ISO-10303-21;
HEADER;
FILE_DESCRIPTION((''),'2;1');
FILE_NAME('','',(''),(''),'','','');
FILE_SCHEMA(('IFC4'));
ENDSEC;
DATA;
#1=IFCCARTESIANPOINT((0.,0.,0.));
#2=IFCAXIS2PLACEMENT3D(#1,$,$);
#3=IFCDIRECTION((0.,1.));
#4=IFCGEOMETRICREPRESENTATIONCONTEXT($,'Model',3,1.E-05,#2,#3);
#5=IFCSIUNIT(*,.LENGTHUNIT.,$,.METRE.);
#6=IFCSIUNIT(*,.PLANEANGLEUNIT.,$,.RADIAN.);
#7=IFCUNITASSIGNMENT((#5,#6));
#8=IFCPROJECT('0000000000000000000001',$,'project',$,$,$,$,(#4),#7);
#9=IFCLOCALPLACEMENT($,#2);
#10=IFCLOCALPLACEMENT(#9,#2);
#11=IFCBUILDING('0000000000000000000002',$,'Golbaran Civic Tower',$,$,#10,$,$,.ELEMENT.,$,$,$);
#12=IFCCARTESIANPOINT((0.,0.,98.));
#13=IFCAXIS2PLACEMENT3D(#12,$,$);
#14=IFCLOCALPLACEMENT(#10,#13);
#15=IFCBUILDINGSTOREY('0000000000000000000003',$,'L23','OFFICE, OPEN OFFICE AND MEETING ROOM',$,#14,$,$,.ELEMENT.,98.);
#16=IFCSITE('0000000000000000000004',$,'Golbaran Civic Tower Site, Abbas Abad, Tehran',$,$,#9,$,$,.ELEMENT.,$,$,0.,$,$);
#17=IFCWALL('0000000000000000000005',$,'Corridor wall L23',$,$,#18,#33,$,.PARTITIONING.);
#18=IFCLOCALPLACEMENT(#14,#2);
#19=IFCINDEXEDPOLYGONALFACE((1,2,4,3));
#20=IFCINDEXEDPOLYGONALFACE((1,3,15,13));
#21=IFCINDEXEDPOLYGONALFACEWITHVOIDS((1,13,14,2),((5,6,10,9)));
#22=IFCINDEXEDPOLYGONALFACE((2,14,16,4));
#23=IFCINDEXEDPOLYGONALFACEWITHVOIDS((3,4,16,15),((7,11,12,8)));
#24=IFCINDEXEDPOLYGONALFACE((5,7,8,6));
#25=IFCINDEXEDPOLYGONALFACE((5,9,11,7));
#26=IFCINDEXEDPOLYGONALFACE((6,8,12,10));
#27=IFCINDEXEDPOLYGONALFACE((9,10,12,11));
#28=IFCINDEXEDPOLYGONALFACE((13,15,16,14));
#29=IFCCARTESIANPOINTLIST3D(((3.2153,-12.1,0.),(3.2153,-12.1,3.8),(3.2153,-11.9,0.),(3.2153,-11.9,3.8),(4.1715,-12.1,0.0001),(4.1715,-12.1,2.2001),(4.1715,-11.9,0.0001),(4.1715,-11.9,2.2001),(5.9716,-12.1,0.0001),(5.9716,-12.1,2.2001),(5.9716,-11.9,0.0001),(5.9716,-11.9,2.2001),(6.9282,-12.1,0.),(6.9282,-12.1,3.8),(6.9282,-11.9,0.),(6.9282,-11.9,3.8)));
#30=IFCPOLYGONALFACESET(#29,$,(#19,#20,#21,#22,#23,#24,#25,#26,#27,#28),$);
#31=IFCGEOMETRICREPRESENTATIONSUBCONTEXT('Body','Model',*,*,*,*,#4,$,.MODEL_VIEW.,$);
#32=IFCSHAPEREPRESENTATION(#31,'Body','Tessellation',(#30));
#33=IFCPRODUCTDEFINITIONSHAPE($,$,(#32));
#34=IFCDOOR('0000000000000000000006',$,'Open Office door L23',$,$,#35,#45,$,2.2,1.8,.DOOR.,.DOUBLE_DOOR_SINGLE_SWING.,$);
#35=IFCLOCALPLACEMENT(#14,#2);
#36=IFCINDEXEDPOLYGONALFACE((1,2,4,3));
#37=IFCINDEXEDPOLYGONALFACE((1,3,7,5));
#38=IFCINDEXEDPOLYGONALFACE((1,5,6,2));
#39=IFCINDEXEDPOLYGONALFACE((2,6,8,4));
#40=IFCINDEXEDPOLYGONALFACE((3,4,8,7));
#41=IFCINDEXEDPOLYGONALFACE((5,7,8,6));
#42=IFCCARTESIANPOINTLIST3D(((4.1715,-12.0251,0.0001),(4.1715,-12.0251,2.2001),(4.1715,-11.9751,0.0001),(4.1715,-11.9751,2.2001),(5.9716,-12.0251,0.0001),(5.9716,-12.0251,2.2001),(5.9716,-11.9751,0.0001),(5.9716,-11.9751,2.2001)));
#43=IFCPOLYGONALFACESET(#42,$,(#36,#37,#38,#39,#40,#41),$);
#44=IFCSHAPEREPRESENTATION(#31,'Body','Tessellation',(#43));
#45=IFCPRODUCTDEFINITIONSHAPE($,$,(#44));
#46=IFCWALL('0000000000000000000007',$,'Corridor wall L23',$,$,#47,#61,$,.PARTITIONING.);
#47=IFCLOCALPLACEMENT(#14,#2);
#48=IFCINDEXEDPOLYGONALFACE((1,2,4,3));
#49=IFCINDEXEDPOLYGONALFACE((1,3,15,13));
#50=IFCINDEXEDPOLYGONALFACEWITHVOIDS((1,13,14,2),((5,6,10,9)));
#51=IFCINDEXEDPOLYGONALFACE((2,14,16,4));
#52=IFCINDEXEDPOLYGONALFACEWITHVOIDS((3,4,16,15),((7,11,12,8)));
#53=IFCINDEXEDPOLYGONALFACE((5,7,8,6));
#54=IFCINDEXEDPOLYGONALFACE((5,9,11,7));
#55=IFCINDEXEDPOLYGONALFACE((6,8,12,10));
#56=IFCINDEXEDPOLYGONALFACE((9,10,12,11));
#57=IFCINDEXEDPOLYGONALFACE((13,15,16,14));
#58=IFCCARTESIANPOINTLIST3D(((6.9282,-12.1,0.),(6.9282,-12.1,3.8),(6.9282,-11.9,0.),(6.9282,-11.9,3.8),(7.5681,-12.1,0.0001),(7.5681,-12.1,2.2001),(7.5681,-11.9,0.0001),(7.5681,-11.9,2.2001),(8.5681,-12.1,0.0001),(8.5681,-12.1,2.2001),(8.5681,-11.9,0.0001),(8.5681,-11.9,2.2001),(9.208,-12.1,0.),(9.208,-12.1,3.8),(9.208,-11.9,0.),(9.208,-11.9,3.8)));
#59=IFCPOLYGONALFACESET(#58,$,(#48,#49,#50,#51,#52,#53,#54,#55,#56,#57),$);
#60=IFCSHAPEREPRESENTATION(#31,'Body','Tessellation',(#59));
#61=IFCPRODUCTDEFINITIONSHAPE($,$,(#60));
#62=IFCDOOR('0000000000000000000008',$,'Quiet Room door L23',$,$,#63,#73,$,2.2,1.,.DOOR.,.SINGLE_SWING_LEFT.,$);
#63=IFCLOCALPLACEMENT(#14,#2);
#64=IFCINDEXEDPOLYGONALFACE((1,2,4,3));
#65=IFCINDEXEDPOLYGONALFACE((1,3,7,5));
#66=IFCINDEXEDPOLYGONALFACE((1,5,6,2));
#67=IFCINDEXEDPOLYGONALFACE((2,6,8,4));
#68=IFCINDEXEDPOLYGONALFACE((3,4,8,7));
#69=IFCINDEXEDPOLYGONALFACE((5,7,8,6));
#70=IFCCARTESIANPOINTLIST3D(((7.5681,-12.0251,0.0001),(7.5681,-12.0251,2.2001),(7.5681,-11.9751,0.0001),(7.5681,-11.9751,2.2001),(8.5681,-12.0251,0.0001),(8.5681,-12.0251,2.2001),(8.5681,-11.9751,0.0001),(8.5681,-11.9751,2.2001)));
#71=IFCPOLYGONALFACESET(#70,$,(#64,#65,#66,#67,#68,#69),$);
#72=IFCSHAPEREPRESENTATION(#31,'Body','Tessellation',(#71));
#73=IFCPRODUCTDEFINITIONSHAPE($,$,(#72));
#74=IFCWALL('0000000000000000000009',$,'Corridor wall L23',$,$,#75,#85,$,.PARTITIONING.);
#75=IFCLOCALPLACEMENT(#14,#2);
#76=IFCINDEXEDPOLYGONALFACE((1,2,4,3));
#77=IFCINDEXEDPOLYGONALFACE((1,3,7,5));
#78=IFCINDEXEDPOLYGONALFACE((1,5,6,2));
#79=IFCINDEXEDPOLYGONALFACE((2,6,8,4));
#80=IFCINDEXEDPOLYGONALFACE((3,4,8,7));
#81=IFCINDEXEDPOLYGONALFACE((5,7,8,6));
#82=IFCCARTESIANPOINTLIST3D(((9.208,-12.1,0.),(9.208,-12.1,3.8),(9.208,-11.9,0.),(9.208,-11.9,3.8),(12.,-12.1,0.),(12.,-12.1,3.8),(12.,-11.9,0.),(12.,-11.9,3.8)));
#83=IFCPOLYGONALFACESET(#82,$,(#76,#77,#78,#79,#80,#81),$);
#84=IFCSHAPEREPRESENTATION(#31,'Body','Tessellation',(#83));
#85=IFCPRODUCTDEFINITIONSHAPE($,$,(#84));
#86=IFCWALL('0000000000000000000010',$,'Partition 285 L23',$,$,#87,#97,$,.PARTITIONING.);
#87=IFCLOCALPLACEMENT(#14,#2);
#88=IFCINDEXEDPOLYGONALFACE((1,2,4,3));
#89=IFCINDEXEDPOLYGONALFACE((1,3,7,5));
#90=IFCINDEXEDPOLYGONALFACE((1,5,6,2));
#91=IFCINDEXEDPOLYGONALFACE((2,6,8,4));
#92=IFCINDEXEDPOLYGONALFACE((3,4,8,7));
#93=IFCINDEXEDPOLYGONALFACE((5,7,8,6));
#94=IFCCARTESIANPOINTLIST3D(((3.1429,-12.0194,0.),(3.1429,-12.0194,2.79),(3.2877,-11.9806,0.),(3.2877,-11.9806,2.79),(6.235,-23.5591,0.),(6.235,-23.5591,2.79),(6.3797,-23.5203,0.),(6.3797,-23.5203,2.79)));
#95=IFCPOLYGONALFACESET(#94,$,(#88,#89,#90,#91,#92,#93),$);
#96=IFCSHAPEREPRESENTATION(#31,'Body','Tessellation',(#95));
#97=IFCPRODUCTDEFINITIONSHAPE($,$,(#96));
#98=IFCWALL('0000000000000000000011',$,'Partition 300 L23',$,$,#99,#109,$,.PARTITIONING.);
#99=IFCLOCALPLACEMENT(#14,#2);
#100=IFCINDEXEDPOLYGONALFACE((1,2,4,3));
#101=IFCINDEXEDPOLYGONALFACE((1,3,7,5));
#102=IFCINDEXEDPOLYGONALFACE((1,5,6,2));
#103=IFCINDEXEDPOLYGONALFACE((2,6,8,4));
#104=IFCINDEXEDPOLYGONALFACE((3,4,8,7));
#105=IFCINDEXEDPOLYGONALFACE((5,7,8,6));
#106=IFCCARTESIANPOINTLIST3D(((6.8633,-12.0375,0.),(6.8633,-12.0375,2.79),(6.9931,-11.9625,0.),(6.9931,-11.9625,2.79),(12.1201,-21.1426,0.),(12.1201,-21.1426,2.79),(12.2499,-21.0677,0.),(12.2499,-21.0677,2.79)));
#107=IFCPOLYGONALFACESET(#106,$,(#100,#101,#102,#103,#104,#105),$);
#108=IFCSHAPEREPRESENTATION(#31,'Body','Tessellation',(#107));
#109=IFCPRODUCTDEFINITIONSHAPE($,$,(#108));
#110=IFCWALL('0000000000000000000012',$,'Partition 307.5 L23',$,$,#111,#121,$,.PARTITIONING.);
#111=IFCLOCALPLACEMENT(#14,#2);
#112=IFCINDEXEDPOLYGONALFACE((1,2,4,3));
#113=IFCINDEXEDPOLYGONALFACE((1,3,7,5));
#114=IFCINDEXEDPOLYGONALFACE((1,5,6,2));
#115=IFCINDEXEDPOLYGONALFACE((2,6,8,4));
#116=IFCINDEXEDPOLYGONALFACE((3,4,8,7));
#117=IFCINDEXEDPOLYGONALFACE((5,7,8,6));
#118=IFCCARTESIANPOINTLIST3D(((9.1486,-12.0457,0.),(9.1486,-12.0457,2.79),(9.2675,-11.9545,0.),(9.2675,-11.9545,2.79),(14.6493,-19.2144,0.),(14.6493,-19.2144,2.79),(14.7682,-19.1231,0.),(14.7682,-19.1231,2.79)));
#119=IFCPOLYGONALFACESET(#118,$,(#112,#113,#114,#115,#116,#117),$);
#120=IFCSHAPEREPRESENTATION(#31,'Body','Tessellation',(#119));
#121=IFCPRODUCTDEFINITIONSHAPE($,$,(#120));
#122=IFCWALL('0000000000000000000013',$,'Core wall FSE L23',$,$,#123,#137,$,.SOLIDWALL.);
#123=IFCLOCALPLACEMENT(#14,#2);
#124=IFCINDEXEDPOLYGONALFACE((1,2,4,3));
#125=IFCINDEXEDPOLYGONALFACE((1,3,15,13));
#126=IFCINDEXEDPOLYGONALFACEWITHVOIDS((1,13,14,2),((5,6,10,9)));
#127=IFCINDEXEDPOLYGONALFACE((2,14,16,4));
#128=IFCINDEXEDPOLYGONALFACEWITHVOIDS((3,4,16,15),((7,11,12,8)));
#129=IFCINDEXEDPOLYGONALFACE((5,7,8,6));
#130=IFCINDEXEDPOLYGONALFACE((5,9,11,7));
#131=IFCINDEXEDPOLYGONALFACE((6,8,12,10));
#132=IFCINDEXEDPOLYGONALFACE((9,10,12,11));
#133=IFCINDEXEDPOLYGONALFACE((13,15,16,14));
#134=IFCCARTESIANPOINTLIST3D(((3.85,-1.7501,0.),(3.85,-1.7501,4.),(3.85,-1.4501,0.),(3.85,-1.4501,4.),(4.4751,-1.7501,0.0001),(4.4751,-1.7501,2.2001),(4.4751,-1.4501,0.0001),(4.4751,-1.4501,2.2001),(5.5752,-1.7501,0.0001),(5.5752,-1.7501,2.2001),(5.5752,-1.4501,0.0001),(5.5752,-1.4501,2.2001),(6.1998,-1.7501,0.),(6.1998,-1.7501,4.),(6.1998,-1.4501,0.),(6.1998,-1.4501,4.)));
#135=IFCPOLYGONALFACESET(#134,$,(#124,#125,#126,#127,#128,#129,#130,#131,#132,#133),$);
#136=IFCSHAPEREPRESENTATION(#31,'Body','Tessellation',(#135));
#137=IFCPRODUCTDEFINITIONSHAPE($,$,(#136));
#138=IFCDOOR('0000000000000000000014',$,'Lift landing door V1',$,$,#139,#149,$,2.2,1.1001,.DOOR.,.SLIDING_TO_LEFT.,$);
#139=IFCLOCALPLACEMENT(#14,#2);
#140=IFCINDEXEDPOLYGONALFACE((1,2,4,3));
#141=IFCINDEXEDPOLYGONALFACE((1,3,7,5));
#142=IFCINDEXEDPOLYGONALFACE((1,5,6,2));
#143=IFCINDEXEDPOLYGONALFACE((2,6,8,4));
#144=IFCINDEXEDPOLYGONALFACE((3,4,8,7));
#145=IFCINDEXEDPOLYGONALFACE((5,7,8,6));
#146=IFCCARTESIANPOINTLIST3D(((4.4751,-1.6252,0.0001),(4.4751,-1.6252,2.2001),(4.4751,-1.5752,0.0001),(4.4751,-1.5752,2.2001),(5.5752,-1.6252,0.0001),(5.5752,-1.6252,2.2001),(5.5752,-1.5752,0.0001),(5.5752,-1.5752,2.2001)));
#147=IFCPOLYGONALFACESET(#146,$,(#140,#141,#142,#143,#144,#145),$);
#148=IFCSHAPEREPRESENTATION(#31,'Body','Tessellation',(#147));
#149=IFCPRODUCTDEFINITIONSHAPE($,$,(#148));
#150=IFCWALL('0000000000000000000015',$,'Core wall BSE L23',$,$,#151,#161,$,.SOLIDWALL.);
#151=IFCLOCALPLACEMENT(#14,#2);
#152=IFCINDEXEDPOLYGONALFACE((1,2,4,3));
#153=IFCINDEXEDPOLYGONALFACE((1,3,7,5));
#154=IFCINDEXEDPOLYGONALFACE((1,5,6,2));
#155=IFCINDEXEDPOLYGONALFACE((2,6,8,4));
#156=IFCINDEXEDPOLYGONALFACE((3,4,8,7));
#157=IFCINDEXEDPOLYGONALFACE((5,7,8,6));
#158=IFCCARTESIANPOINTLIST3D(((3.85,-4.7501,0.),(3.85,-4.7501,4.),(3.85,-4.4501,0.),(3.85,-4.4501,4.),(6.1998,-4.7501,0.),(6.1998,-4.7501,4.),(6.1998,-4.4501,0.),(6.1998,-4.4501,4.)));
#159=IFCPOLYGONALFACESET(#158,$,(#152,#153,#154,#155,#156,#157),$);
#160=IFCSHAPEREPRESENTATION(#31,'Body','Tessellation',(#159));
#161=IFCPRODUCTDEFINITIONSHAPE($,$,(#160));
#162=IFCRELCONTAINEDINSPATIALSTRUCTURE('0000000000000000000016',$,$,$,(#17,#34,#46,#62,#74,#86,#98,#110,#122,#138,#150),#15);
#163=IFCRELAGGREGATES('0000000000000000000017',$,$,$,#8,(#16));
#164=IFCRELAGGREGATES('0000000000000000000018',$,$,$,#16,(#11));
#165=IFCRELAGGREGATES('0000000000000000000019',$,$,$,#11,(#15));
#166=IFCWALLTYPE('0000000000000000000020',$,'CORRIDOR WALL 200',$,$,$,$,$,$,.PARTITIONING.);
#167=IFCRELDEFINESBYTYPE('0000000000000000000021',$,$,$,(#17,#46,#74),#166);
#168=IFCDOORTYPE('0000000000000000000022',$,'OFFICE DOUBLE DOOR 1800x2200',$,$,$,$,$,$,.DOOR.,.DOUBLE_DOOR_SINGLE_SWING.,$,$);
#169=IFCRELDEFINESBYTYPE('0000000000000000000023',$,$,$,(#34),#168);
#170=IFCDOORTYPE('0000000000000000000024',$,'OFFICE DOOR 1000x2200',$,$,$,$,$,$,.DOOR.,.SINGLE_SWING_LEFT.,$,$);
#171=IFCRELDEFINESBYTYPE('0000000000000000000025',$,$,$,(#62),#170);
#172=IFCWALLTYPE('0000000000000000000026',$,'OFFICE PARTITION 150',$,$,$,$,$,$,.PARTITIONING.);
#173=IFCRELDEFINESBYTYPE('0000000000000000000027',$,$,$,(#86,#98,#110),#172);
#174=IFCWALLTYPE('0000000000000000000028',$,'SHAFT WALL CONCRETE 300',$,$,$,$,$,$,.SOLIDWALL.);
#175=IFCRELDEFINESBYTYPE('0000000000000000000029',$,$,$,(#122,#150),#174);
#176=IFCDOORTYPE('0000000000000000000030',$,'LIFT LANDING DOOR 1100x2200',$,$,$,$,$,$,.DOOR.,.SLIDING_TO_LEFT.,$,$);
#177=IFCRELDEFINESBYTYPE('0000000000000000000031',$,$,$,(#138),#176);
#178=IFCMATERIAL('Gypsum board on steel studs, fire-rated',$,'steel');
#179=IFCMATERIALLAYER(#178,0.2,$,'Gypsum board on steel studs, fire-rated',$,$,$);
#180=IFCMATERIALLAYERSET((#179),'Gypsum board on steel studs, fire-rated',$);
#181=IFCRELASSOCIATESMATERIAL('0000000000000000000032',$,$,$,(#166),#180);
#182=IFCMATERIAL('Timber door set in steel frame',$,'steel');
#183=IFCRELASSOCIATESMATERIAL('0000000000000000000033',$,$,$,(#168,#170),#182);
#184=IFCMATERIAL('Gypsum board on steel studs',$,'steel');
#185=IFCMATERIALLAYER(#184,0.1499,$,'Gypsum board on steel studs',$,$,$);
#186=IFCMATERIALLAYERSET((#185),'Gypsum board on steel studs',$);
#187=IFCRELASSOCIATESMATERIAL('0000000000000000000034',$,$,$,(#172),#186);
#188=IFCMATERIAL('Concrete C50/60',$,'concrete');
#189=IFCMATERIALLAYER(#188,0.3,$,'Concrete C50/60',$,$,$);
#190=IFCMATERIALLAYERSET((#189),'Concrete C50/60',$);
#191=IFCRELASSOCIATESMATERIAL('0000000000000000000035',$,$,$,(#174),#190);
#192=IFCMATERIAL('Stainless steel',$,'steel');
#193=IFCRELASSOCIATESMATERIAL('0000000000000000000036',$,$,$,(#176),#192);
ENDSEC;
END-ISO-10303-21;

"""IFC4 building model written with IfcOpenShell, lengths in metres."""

from ifc_helpers import new_model, si_unit, direction, frame, frame_2d, origin, place, context, subcontext, project, spatial, rectangle, extrude, material, layer, layer_set, type_object, element, fill, save


model = new_model("IFC4")

# Units and contexts
model_context = context("Model", 3, precision=1e-05, world=origin(), true_north=direction((0.0, 1.0)))
body_context = subcontext(model_context, "Body", "Model", "MODEL_VIEW")
ifc_project = project(units=[si_unit("LENGTHUNIT", "METRE"), si_unit("PLANEANGLEUNIT", "RADIAN")], contexts=[model_context])

# Site, building, storey
site_placement = place(None, origin())
site = spatial("IfcSite", under=ifc_project, at=site_placement, Name="Golbaran Civic Tower Site, Abbas Abad, Tehran", CompositionType="ELEMENT", RefElevation=0.0)
building_placement = place(site_placement, origin())
building = spatial("IfcBuilding", under=site, at=building_placement, Name="Golbaran Civic Tower", CompositionType="ELEMENT")
storey_placement = place(building_placement, frame((0.0, 0.0, 98.0)))
storey = spatial("IfcBuildingStorey", under=building, at=storey_placement, Name="L23", Description="OFFICE, OPEN OFFICE AND MEETING ROOM", CompositionType="ELEMENT", Elevation=98.0)

# Walls, openings, doors
ifc_material_1 = material(Name="Gypsum board on steel studs, fire-rated", Category="steel")
ifc_layer_1 = layer(ifc_material_1, 0.2, Name="Gypsum board on steel studs, fire-rated")
ifc_layer_set_1 = layer_set([ifc_layer_1], Name="Gypsum board on steel studs, fire-rated")
wall_type_1 = type_object("IfcWallType", Name="CORRIDOR WALL 200", PredefinedType="PARTITIONING", material=ifc_layer_set_1)
wall_1_placement = place(storey_placement, frame((3.2153, -12.0, 0.0), z_axis=(0.0, 0.0, 1.0), x_axis=(1.0, 0.0, 0.0)))
wall_1 = element("IfcWall", 1, at=wall_1_placement, inside=storey, type_object=wall_type_1, Name="Corridor wall L23", PredefinedType="PARTITIONING", context=body_context, shape_type="SweptSolid", body=[
    extrude(rectangle(XDim=3.7129, YDim=0.2, at=frame_2d((1.8564, 0.0))), origin(), (0.0, 0.0, 1.0), 3.8),
])
opening_1_placement = place(wall_1_placement, frame((0.9563, 0.0, 0.0)))
opening_1 = element("IfcOpeningElement", 2, at=opening_1_placement, cuts=wall_1, PredefinedType="OPENING", context=body_context, shape_type="SweptSolid", body=[
    extrude(rectangle(XDim=1.8, YDim=2.2, at=frame_2d((0.8999, 1.1001))), frame((0.0, 0.1099, 0.0), z_axis=(0.0, -1.0, 0.0), x_axis=(1.0, 0.0, 0.0)), (0.0, 0.0, 1.0), 0.22),
])
ifc_material_2 = material(Name="Timber door set in steel frame", Category="steel")
door_type_1 = type_object("IfcDoorType", Name="OFFICE DOUBLE DOOR 1800x2200", OperationType="DOUBLE_DOOR_SINGLE_SWING", PredefinedType="DOOR", material=ifc_material_2)
door_1_placement = place(opening_1_placement, origin())
door_1 = element("IfcDoor", 3, at=door_1_placement, inside=storey, type_object=door_type_1, Name="Open Office door L23", OperationType="DOUBLE_DOOR_SINGLE_SWING", OverallHeight=2.2, OverallWidth=1.8, PredefinedType="DOOR", context=body_context, shape_type="SweptSolid", body=[
    extrude(rectangle(XDim=1.8, YDim=2.2, at=frame_2d((0.8999, 1.1001))), frame((0.0, 0.0249, 0.0), z_axis=(0.0, -1.0, 0.0), x_axis=(1.0, 0.0, 0.0)), (0.0, 0.0, 1.0), 0.05),
])
fill(opening_1, door_1)
wall_2_placement = place(storey_placement, frame((6.9282, -12.0, 0.0), z_axis=(0.0, 0.0, 1.0), x_axis=(1.0, 0.0, 0.0)))
wall_2 = element("IfcWall", 4, at=wall_2_placement, inside=storey, type_object=wall_type_1, Name="Corridor wall L23", PredefinedType="PARTITIONING", context=body_context, shape_type="SweptSolid", body=[
    extrude(rectangle(XDim=2.2798, YDim=0.2, at=frame_2d((1.1399, 0.0))), origin(), (0.0, 0.0, 1.0), 3.8),
])
opening_2_placement = place(wall_2_placement, frame((0.6399, 0.0, 0.0)))
opening_2 = element("IfcOpeningElement", 5, at=opening_2_placement, cuts=wall_2, PredefinedType="OPENING", context=body_context, shape_type="SweptSolid", body=[
    extrude(rectangle(XDim=1.0, YDim=2.2, at=frame_2d((0.5, 1.1001))), frame((0.0, 0.1099, 0.0), z_axis=(0.0, -1.0, 0.0), x_axis=(1.0, 0.0, 0.0)), (0.0, 0.0, 1.0), 0.22),
])
door_type_2 = type_object("IfcDoorType", Name="OFFICE DOOR 1000x2200", OperationType="SINGLE_SWING_LEFT", PredefinedType="DOOR", material=ifc_material_2)
door_2_placement = place(opening_2_placement, origin())
door_2 = element("IfcDoor", 6, at=door_2_placement, inside=storey, type_object=door_type_2, Name="Quiet Room door L23", OperationType="SINGLE_SWING_LEFT", OverallHeight=2.2, OverallWidth=1.0, PredefinedType="DOOR", context=body_context, shape_type="SweptSolid", body=[
    extrude(rectangle(XDim=1.0, YDim=2.2, at=frame_2d((0.5, 1.1001))), frame((0.0, 0.0249, 0.0), z_axis=(0.0, -1.0, 0.0), x_axis=(1.0, 0.0, 0.0)), (0.0, 0.0, 1.0), 0.05),
])
fill(opening_2, door_2)

# Walls
wall_3_placement = place(storey_placement, frame((9.208, -12.0, 0.0), z_axis=(0.0, 0.0, 1.0), x_axis=(1.0, 0.0, 0.0)))
element("IfcWall", 7, at=wall_3_placement, inside=storey, type_object=wall_type_1, Name="Corridor wall L23", PredefinedType="PARTITIONING", context=body_context, shape_type="SweptSolid", body=[
    extrude(rectangle(XDim=2.792, YDim=0.2, at=frame_2d((1.396, 0.0))), origin(), (0.0, 0.0, 1.0), 3.8),
])
ifc_material_3 = material(Name="Gypsum board on steel studs", Category="steel")
ifc_layer_2 = layer(ifc_material_3, 0.1499, Name="Gypsum board on steel studs")
ifc_layer_set_2 = layer_set([ifc_layer_2], Name="Gypsum board on steel studs")
wall_type_2 = type_object("IfcWallType", Name="OFFICE PARTITION 150", PredefinedType="PARTITIONING", material=ifc_layer_set_2)
wall_4_placement = place(storey_placement, frame((3.2153, -12.0, 0.0), z_axis=(0.0, 0.0, 1.0), x_axis=(0.258816, -0.965927, 0.0)))
element("IfcWall", 8, at=wall_4_placement, inside=storey, type_object=wall_type_2, Name="Partition 285 L23", PredefinedType="PARTITIONING", context=body_context, shape_type="SweptSolid", body=[
    extrude(rectangle(XDim=11.9468, YDim=0.1499, at=frame_2d((5.9734, 0.0))), origin(), (0.0, 0.0, 1.0), 2.79),
])
wall_5_placement = place(storey_placement, frame((6.9282, -12.0, 0.0), z_axis=(0.0, 0.0, 1.0), x_axis=(0.499995, -0.866028, 0.0)))
element("IfcWall", 9, at=wall_5_placement, inside=storey, type_object=wall_type_2, Name="Partition 300 L23", PredefinedType="PARTITIONING", context=body_context, shape_type="SweptSolid", body=[
    extrude(rectangle(XDim=10.5137, YDim=0.1499, at=frame_2d((5.2568, 0.0))), origin(), (0.0, 0.0, 1.0), 2.79),
])
wall_6_placement = place(storey_placement, frame((9.208, -12.0, 0.0), z_axis=(0.0, 0.0, 1.0), x_axis=(0.608761, -0.793354, 0.0)))
element("IfcWall", 10, at=wall_6_placement, inside=storey, type_object=wall_type_2, Name="Partition 307.5 L23", PredefinedType="PARTITIONING", context=body_context, shape_type="SweptSolid", body=[
    extrude(rectangle(XDim=9.0359, YDim=0.1499, at=frame_2d((4.5181, 0.0))), origin(), (0.0, 0.0, 1.0), 2.79),
])

# Wall, opening, door
ifc_material_4 = material(Name="Concrete C50/60", Category="concrete")
ifc_layer_3 = layer(ifc_material_4, 0.3, Name="Concrete C50/60")
ifc_layer_set_3 = layer_set([ifc_layer_3], Name="Concrete C50/60")
wall_type_3 = type_object("IfcWallType", Name="SHAFT WALL CONCRETE 300", PredefinedType="SOLIDWALL", material=ifc_layer_set_3)
wall_7_placement = place(storey_placement, frame((3.8501, -1.6001, 0.0), z_axis=(0.0, 0.0, 1.0), x_axis=(1.0, 0.0, 0.0)))
wall_7 = element("IfcWall", 11, at=wall_7_placement, inside=storey, type_object=wall_type_3, Name="Core wall FSE L23", PredefinedType="SOLIDWALL", context=body_context, shape_type="SweptSolid", body=[
    extrude(rectangle(XDim=2.3499, YDim=0.3, at=frame_2d((1.1748, 0.0))), origin(), (0.0, 0.0, 1.0), 4.0),
])
opening_3_placement = place(wall_7_placement, frame((0.625, 0.0, 0.0)))
opening_3 = element("IfcOpeningElement", 12, at=opening_3_placement, cuts=wall_7, PredefinedType="OPENING", context=body_context, shape_type="SweptSolid", body=[
    extrude(rectangle(XDim=1.1001, YDim=2.2, at=frame_2d((0.55, 1.1001))), frame((0.0, 0.1599, 0.0), z_axis=(0.0, -1.0, 0.0), x_axis=(1.0, 0.0, 0.0)), (0.0, 0.0, 1.0), 0.3201),
])
ifc_material_5 = material(Name="Stainless steel", Category="steel")
door_type_3 = type_object("IfcDoorType", Name="LIFT LANDING DOOR 1100x2200", OperationType="SLIDING_TO_LEFT", PredefinedType="DOOR", material=ifc_material_5)
door_3_placement = place(opening_3_placement, origin())
door_3 = element("IfcDoor", 13, at=door_3_placement, inside=storey, type_object=door_type_3, Name="Lift landing door V1", OperationType="SLIDING_TO_LEFT", OverallHeight=2.2, OverallWidth=1.1001, PredefinedType="DOOR", context=body_context, shape_type="SweptSolid", body=[
    extrude(rectangle(XDim=1.1001, YDim=2.2, at=frame_2d((0.55, 1.1001))), frame((0.0, 0.0249, 0.0), z_axis=(0.0, -1.0, 0.0), x_axis=(1.0, 0.0, 0.0)), (0.0, 0.0, 1.0), 0.05),
])
fill(opening_3, door_3)

# Wall
wall_8_placement = place(storey_placement, frame((3.8501, -4.6001, 0.0), z_axis=(0.0, 0.0, 1.0), x_axis=(1.0, 0.0, 0.0)))
element("IfcWall", 14, at=wall_8_placement, inside=storey, type_object=wall_type_3, Name="Core wall BSE L23", PredefinedType="SOLIDWALL", context=body_context, shape_type="SweptSolid", body=[
    extrude(rectangle(XDim=2.3499, YDim=0.3, at=frame_2d((1.1748, 0.0))), origin(), (0.0, 0.0, 1.0), 4.0),
])

save(model, "model.ifc")
